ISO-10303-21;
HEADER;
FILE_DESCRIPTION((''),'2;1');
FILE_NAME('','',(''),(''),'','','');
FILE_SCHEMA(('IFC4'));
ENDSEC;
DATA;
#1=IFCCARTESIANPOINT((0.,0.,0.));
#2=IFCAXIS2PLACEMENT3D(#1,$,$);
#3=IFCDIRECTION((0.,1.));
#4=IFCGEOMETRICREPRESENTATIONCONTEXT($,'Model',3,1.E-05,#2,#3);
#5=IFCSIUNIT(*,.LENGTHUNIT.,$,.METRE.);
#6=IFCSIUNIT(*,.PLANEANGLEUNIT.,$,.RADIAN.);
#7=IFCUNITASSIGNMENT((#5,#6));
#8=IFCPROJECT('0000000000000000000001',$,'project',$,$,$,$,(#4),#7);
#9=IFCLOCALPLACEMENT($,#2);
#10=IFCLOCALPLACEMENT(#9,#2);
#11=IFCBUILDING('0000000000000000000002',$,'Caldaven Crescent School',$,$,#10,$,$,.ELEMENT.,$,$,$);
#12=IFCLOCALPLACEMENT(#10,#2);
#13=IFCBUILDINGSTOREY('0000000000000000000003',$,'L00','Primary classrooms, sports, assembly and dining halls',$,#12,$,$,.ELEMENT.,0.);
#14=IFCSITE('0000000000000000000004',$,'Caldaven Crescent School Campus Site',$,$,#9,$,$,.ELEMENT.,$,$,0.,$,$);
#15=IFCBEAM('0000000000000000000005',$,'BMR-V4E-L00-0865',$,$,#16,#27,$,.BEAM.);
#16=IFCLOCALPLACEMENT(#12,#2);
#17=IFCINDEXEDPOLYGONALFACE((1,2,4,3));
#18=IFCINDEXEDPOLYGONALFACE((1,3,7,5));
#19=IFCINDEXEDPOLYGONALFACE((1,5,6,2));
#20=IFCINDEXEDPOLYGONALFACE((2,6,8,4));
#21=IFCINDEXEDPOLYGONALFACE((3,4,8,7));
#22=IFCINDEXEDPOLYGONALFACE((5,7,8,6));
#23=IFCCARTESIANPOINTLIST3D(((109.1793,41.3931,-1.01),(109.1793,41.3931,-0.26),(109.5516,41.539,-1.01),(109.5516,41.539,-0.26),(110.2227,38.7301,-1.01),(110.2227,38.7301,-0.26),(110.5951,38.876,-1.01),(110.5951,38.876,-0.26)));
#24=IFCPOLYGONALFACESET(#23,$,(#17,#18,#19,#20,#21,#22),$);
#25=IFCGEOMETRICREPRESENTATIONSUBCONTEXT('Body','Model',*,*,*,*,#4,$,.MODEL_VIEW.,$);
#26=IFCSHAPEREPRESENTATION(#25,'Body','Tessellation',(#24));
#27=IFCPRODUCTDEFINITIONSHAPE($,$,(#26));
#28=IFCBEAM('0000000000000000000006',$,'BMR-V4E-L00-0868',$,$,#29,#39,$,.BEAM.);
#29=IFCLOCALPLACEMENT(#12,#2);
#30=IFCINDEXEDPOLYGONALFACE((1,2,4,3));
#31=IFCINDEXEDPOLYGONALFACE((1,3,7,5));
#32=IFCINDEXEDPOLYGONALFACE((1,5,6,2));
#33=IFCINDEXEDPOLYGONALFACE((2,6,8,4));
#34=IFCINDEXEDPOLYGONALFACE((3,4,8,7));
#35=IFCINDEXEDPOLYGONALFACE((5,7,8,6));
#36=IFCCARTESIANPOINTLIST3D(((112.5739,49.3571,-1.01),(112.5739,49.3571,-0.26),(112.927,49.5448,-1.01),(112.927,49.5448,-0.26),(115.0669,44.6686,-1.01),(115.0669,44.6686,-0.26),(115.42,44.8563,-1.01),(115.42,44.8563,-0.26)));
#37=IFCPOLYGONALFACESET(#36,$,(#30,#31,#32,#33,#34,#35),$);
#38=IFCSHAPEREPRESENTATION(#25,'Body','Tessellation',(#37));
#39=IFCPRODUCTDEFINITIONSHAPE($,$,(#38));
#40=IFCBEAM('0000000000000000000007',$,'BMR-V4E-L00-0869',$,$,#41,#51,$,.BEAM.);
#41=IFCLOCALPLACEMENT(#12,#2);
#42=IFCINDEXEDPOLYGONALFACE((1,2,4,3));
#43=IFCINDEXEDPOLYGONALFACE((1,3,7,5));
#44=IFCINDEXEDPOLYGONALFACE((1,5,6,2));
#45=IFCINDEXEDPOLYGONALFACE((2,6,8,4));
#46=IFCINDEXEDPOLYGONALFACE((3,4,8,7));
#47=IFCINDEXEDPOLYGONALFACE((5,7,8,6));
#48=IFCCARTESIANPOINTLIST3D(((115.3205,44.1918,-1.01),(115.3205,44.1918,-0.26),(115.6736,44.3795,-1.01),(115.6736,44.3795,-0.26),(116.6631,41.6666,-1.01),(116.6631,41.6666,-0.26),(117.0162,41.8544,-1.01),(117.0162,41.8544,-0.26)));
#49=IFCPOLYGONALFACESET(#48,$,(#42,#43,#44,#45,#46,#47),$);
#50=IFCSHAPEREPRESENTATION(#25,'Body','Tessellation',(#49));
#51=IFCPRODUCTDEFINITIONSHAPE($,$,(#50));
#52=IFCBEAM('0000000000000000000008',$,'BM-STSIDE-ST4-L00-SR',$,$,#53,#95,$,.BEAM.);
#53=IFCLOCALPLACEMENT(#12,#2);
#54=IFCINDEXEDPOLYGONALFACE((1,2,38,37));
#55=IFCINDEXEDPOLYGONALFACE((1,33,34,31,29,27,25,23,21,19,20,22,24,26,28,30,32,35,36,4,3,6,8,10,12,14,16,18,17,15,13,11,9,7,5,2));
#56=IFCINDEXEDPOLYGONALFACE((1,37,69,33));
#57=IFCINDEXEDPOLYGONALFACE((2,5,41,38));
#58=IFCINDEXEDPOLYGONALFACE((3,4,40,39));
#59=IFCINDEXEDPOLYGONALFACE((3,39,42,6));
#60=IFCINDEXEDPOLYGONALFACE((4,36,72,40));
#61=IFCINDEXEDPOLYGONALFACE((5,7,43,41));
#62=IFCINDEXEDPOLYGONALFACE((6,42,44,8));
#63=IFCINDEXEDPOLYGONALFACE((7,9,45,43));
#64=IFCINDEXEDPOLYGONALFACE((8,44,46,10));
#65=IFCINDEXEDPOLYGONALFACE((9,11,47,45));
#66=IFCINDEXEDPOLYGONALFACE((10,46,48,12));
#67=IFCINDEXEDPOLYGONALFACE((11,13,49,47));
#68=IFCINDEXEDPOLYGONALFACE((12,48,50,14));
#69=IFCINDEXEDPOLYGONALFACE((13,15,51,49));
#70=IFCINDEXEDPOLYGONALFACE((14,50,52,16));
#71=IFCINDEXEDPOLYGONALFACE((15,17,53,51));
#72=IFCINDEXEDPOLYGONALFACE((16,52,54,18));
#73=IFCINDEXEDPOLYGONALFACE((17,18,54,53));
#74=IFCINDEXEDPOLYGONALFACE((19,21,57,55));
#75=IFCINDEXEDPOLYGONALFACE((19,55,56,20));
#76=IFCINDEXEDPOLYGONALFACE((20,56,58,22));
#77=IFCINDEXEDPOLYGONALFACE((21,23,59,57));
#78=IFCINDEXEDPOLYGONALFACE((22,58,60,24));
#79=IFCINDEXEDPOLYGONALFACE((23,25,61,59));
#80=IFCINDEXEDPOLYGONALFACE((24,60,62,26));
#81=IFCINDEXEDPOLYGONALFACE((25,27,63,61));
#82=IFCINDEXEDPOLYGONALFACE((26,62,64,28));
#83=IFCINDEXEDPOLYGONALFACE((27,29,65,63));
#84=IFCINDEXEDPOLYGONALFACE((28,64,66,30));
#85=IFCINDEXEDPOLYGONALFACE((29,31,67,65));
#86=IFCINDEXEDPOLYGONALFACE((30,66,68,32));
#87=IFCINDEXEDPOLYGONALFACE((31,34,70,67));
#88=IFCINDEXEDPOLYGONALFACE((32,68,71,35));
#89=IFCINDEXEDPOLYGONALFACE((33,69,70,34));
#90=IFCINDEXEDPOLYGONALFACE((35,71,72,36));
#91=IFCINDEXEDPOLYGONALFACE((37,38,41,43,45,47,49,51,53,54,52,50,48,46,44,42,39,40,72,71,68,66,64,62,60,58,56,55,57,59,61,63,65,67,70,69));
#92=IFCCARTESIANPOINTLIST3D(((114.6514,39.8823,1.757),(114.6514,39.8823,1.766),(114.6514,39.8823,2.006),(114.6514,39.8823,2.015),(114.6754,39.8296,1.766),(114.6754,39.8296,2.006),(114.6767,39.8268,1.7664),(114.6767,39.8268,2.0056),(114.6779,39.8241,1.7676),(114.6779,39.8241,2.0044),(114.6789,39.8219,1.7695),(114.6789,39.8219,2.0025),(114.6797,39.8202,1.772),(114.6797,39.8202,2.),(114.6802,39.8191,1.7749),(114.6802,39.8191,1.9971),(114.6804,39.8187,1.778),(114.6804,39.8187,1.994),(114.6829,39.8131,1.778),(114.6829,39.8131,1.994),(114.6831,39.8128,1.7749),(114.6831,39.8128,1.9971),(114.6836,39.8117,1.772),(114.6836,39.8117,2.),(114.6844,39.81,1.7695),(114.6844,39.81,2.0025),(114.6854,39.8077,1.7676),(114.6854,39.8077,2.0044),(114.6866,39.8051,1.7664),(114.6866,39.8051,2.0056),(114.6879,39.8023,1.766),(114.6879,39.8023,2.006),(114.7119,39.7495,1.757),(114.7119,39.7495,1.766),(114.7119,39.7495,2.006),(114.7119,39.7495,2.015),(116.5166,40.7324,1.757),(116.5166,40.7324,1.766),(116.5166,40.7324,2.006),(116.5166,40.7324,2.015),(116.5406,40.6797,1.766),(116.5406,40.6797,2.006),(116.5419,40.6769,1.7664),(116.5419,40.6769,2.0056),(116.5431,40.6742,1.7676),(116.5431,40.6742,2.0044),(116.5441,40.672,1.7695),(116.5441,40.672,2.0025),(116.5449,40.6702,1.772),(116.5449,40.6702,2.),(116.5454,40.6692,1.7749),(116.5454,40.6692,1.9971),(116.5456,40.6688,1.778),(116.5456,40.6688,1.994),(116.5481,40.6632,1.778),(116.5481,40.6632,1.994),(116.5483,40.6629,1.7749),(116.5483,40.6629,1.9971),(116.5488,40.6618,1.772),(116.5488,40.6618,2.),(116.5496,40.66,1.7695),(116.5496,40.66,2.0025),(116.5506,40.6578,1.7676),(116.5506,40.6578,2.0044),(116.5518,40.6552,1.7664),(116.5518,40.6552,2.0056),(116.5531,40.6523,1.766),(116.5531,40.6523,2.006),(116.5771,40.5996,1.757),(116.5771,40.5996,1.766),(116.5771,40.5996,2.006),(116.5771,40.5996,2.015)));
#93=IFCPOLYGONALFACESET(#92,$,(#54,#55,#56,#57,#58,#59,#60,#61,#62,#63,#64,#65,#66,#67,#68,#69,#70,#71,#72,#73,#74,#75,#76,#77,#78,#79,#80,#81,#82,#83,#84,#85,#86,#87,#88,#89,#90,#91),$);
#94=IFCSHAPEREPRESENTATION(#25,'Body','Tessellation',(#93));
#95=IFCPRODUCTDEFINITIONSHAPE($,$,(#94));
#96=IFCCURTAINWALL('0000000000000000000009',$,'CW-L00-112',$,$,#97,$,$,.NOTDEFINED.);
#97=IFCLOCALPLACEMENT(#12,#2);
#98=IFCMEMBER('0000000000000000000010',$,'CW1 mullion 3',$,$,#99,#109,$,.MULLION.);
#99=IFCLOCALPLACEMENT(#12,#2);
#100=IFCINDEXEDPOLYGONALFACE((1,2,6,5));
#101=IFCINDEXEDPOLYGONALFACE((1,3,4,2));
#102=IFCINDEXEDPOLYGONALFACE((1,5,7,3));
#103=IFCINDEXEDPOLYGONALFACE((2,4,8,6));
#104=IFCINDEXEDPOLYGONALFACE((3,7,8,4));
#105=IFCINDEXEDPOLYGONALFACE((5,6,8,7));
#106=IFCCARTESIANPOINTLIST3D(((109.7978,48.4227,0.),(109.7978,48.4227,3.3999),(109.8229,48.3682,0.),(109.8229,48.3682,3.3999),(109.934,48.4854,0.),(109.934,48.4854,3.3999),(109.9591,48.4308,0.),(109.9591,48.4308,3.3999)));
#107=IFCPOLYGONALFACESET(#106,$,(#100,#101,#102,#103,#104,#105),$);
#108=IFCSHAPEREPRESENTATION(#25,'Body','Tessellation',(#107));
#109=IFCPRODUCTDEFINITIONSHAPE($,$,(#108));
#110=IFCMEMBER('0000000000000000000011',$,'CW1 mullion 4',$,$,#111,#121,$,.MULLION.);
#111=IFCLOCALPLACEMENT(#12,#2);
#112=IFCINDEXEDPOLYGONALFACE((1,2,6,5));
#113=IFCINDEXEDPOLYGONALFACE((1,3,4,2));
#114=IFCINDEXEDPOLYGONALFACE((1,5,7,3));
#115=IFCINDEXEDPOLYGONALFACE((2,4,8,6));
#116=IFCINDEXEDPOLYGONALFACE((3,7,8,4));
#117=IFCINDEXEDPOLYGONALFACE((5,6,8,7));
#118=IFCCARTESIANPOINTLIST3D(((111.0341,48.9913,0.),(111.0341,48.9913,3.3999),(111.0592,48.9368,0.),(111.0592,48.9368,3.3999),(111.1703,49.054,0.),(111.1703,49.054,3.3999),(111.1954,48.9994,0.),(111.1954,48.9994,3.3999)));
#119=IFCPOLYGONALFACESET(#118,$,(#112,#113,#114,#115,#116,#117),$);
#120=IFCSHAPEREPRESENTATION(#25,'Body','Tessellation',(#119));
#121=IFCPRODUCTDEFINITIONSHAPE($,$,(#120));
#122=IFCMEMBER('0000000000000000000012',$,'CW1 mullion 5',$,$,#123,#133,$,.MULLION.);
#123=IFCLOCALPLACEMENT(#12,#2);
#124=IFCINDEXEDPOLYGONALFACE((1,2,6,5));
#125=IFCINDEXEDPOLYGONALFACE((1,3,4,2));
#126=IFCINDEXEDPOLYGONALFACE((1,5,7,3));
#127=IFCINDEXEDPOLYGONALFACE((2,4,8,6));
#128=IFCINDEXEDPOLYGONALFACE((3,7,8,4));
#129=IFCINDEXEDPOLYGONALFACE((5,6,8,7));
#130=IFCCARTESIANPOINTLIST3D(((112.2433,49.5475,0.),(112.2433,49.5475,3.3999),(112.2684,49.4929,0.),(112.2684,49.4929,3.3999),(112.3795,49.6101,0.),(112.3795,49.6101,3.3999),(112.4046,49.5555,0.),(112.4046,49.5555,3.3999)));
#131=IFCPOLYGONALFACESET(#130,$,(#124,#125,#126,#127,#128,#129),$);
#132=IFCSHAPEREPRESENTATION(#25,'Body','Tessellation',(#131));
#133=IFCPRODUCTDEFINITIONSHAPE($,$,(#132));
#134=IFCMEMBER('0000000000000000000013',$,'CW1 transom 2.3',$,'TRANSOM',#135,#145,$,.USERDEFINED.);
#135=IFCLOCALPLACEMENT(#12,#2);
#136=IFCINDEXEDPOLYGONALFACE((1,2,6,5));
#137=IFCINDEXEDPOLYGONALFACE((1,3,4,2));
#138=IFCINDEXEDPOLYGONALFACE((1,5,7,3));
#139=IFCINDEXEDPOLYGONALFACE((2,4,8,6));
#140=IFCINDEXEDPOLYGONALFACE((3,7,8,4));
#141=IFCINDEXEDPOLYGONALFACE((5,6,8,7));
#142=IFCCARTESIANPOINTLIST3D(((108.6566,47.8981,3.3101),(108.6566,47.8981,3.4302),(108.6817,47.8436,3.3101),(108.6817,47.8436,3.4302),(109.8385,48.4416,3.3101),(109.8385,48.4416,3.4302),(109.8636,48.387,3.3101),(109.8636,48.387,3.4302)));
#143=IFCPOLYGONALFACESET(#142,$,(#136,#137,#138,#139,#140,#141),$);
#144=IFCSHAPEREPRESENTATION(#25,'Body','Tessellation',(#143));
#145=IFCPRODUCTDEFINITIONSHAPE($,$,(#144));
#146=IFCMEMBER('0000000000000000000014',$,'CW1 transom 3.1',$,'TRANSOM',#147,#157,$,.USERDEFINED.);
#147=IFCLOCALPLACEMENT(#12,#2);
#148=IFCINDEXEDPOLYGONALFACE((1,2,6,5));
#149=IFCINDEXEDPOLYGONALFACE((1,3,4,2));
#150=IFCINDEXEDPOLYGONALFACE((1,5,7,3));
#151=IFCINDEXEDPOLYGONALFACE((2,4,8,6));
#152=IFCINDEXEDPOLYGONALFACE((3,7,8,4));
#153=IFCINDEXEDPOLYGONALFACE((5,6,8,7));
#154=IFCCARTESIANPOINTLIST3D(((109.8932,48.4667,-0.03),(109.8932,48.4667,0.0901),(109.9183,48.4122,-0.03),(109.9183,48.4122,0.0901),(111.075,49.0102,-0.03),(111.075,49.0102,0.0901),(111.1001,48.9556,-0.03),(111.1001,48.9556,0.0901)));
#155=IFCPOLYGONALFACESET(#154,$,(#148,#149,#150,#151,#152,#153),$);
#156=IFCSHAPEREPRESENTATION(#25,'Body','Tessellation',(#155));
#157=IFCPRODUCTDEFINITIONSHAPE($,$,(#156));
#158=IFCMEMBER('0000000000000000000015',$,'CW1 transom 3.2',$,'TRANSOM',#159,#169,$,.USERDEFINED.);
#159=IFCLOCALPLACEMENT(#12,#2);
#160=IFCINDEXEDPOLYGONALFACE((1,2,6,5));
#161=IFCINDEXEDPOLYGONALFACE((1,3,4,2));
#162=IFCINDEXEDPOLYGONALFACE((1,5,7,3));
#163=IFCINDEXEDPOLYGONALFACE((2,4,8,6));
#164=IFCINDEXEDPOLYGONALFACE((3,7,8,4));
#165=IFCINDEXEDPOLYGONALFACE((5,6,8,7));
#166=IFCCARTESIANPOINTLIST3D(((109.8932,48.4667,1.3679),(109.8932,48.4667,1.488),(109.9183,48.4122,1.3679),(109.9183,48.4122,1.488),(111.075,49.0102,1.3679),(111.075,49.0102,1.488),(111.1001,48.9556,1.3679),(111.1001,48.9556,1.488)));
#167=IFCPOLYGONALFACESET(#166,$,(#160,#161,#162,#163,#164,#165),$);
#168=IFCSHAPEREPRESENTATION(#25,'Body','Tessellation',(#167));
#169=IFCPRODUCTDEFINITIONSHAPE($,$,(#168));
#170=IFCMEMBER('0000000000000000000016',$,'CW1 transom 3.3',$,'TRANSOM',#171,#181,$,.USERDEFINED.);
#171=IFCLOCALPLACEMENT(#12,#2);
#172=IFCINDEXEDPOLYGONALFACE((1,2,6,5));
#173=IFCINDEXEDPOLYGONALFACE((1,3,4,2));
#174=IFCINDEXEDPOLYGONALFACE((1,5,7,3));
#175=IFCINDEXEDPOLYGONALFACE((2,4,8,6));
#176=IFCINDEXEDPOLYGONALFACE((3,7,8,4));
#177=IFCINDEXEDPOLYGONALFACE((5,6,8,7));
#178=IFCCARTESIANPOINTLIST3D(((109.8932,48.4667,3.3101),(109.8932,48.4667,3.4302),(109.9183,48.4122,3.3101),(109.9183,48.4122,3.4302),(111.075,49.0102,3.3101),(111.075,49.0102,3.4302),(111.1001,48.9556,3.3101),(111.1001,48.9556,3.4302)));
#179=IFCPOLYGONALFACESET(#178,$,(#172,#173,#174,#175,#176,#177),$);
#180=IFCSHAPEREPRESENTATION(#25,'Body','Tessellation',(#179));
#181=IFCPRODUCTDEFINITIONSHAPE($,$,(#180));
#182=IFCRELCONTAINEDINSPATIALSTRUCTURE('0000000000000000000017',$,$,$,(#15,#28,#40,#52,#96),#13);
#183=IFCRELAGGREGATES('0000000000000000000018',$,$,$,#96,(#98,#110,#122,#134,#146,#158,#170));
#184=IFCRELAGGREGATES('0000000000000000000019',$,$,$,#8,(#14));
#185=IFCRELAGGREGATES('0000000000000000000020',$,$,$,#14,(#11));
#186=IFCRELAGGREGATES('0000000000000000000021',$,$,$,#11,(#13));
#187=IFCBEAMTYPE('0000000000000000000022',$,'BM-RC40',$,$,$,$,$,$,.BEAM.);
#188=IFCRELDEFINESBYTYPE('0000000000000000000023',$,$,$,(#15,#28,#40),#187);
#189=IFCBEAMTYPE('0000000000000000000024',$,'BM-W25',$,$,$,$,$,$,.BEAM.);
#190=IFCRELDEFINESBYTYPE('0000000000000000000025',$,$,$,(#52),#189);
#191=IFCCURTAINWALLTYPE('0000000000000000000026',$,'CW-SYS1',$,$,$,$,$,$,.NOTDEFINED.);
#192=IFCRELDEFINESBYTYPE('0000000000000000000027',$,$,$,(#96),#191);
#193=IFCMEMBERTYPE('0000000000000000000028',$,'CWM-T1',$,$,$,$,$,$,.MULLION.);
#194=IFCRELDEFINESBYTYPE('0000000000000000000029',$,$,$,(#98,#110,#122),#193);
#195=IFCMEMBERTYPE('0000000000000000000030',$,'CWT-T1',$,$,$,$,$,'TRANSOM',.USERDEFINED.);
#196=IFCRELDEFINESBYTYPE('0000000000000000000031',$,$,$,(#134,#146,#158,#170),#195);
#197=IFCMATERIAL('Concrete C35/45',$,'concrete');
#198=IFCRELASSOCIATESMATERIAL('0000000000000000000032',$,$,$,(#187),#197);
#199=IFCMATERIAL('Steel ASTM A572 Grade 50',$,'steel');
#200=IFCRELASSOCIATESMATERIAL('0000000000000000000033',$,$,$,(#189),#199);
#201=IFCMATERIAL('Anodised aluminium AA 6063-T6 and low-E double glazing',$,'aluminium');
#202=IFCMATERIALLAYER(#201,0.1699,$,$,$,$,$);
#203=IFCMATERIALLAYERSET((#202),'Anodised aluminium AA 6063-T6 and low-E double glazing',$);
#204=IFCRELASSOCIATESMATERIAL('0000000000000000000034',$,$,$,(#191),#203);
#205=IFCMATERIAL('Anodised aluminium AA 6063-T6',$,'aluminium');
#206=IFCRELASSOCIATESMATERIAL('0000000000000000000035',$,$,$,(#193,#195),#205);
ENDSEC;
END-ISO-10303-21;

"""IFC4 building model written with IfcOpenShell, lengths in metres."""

from ifc_helpers import new_model, si_unit, direction, frame, origin, origin_2d, place, context, subcontext, project, spatial, rectangle, i_section, extrude, material, layer, layer_set, material_profile, profile_set, type_object, element, aggregate, save


model = new_model("IFC4")

# Units and contexts
model_context = context("Model", 3, precision=1e-05, world=origin(), true_north=direction((0.0, 1.0)))
body_context = subcontext(model_context, "Body", "Model", "MODEL_VIEW")
ifc_project = project(units=[si_unit("LENGTHUNIT", "METRE"), si_unit("PLANEANGLEUNIT", "RADIAN")], contexts=[model_context])

# Site, building, storey
site_placement = place(None, origin())
site = spatial("IfcSite", under=ifc_project, at=site_placement, Name="Caldaven Crescent School Campus Site", CompositionType="ELEMENT", RefElevation=0.0)
building_placement = place(site_placement, origin())
building = spatial("IfcBuilding", under=site, at=building_placement, Name="Caldaven Crescent School", CompositionType="ELEMENT")
storey_placement = place(building_placement, origin())
storey = spatial("IfcBuildingStorey", under=building, at=storey_placement, Name="L00", Description="Primary classrooms, sports, assembly and dining halls", CompositionType="ELEMENT", Elevation=0.0)

# Shared definitions
ifc_material_1 = material(Name="Steel ASTM A572 Grade 50", Category="steel")

# Beams
ifc_material_2 = material(Name="Concrete C35/45", Category="concrete")
ifc_material_profile_1 = material_profile(ifc_material_2, rectangle(XDim=0.3999, YDim=0.75, at=origin_2d()), Name="RC 400x750")
ifc_profile_set_1 = profile_set([ifc_material_profile_1], Name="Concrete C35/45")
beam_type_1 = type_object("IfcBeamType", Name="BM-RC40", PredefinedType="BEAM", material=ifc_profile_set_1)
beam_1_placement = place(storey_placement, frame((109.3655, 41.4661, -0.635), z_axis=(0.364818, -0.931079, 0.0), x_axis=(0.931079, 0.364818, 0.0)))
element("IfcBeam", 1, at=beam_1_placement, inside=storey, type_object=beam_type_1, Name="BMR-V4E-L00-0865", PredefinedType="BEAM", context=body_context, shape_type="SweptSolid", body=[
    extrude(rectangle(XDim=0.3999, YDim=0.75, at=origin_2d()), origin(), (0.0, 0.0, 1.0), 2.8601),
])
beam_2_placement = place(storey_placement, frame((112.7505, 49.4509, -0.635), z_axis=(0.469473, -0.882947, 0.0), x_axis=(0.882947, 0.469473, 0.0)))
element("IfcBeam", 2, at=beam_2_placement, inside=storey, type_object=beam_type_1, Name="BMR-V4E-L00-0868", PredefinedType="BEAM", context=body_context, shape_type="SweptSolid", body=[
    extrude(rectangle(XDim=0.3999, YDim=0.75, at=origin_2d()), origin(), (0.0, 0.0, 1.0), 5.3101),
])
beam_3_placement = place(storey_placement, frame((115.4971, 44.2856, -0.635), z_axis=(0.46944, -0.882964, 0.0), x_axis=(0.882964, 0.46944, 0.0)))
element("IfcBeam", 3, at=beam_3_placement, inside=storey, type_object=beam_type_1, Name="BMR-V4E-L00-0869", PredefinedType="BEAM", context=body_context, shape_type="SweptSolid", body=[
    extrude(rectangle(XDim=0.3999, YDim=0.75, at=origin_2d()), origin(), (0.0, 0.0, 1.0), 2.8599),
])
ifc_material_profile_2 = material_profile(ifc_material_1, i_section(OverallWidth=0.146, OverallDepth=0.2581, WebThickness=0.0061, FlangeThickness=0.009, FilletRadius=0.012, at=origin_2d()), Name="W250x33")
ifc_profile_set_2 = profile_set([ifc_material_profile_2], Name="Steel ASTM A572 Grade 50")
beam_type_2 = type_object("IfcBeamType", Name="BM-W25", PredefinedType="BEAM", material=ifc_profile_set_2)
beam_4_placement = place(storey_placement, frame((114.6816, 39.8159, 1.886), z_axis=(0.90995, 0.414718, 0.0), x_axis=(-0.414718, 0.90995, 0.0)))
element("IfcBeam", 4, at=beam_4_placement, inside=storey, type_object=beam_type_2, Name="BM-STSIDE-ST4-L00-SR", PredefinedType="BEAM", context=body_context, shape_type="SweptSolid", body=[
    extrude(i_section(OverallWidth=0.146, OverallDepth=0.2581, WebThickness=0.0061, FlangeThickness=0.009, FilletRadius=0.012, at=origin_2d()), origin(), (0.0, 0.0, 1.0), 2.0498),
])

# Curtain wall, members
ifc_material_3 = material(Name="Anodised aluminium AA 6063-T6 and low-E double glazing", Category="aluminium")
ifc_layer_1 = layer(ifc_material_3, 0.1699)
ifc_layer_set_1 = layer_set([ifc_layer_1], Name="Anodised aluminium AA 6063-T6 and low-E double glazing")
curtain_wall_type = type_object("IfcCurtainWallType", Name="CW-SYS1", PredefinedType="NOTDEFINED", material=ifc_layer_set_1)
curtain_wall_placement = place(storey_placement, origin())
curtain_wall = element("IfcCurtainWall", 5, at=curtain_wall_placement, inside=storey, type_object=curtain_wall_type, Name="CW-L00-112", PredefinedType="NOTDEFINED")
ifc_material_4 = material(Name="Anodised aluminium AA 6063-T6", Category="aluminium")
ifc_material_profile_3 = material_profile(ifc_material_4, rectangle(XDim=0.0601, YDim=0.1499, at=origin_2d()), Name="CWM 60x150")
ifc_profile_set_3 = profile_set([ifc_material_profile_3], Name="Anodised aluminium AA 6063-T6")
member_type_1 = type_object("IfcMemberType", Name="CWM-T1", PredefinedType="MULLION", material=ifc_profile_set_3)
member_1_placement = place(storey_placement, frame((109.8784, 48.4268, 0.0), z_axis=(0.0, 0.0, 1.0), x_axis=(-0.417824, 0.908528, 0.0)))
member_1 = element("IfcMember", 6, at=member_1_placement, type_object=member_type_1, Name="CW1 mullion 3", PredefinedType="MULLION", context=body_context, shape_type="SweptSolid", body=[
    extrude(rectangle(XDim=0.0601, YDim=0.1499, at=origin_2d()), origin(), (0.0, 0.0, 1.0), 3.3999),
])
member_2_placement = place(storey_placement, frame((111.1147, 48.9954, 0.0), z_axis=(0.0, 0.0, 1.0), x_axis=(-0.417824, 0.908528, 0.0)))
member_2 = element("IfcMember", 7, at=member_2_placement, type_object=member_type_1, Name="CW1 mullion 4", PredefinedType="MULLION", context=body_context, shape_type="SweptSolid", body=[
    extrude(rectangle(XDim=0.0601, YDim=0.1499, at=origin_2d()), origin(), (0.0, 0.0, 1.0), 3.3999),
])
member_3_placement = place(storey_placement, frame((112.324, 49.5515, 0.0), z_axis=(0.0, 0.0, 1.0), x_axis=(-0.417824, 0.908528, 0.0)))
member_3 = element("IfcMember", 8, at=member_3_placement, type_object=member_type_1, Name="CW1 mullion 5", PredefinedType="MULLION", context=body_context, shape_type="SweptSolid", body=[
    extrude(rectangle(XDim=0.0601, YDim=0.1499, at=origin_2d()), origin(), (0.0, 0.0, 1.0), 3.3999),
])
ifc_material_profile_4 = material_profile(ifc_material_4, rectangle(XDim=0.0601, YDim=0.1201, at=origin_2d()), Name="CWT 60x120")
ifc_profile_set_4 = profile_set([ifc_material_profile_4], Name="Anodised aluminium AA 6063-T6")
member_type_2 = type_object("IfcMemberType", Name="CWT-T1", ElementType="TRANSOM", PredefinedType="USERDEFINED", material=ifc_profile_set_4)
member_4_placement = place(storey_placement, frame((108.6692, 47.8708, 3.3701), z_axis=(0.908552, 0.417772, 0.0), x_axis=(-0.417772, 0.908552, 0.0)))
member_4 = element("IfcMember", 9, at=member_4_placement, type_object=member_type_2, Name="CW1 transom 2.3", ObjectType="TRANSOM", PredefinedType="USERDEFINED", context=body_context, shape_type="SweptSolid", body=[
    extrude(rectangle(XDim=0.0601, YDim=0.1201, at=origin_2d()), origin(), (0.0, 0.0, 1.0), 1.3008),
])
member_5_placement = place(storey_placement, frame((109.9058, 48.4395, 0.03), z_axis=(0.908552, 0.417772, 0.0), x_axis=(-0.417772, 0.908552, 0.0)))
member_5 = element("IfcMember", 10, at=member_5_placement, type_object=member_type_2, Name="CW1 transom 3.1", ObjectType="TRANSOM", PredefinedType="USERDEFINED", context=body_context, shape_type="SweptSolid", body=[
    extrude(rectangle(XDim=0.0601, YDim=0.1201, at=origin_2d()), origin(), (0.0, 0.0, 1.0), 1.3008),
])
member_6_placement = place(storey_placement, frame((109.9058, 48.4395, 1.428), z_axis=(0.908552, 0.417772, 0.0), x_axis=(-0.417772, 0.908552, 0.0)))
member_6 = element("IfcMember", 11, at=member_6_placement, type_object=member_type_2, Name="CW1 transom 3.2", ObjectType="TRANSOM", PredefinedType="USERDEFINED", context=body_context, shape_type="SweptSolid", body=[
    extrude(rectangle(XDim=0.0601, YDim=0.1201, at=origin_2d()), origin(), (0.0, 0.0, 1.0), 1.3008),
])
member_7_placement = place(storey_placement, frame((109.9058, 48.4395, 3.3701), z_axis=(0.908552, 0.417772, 0.0), x_axis=(-0.417772, 0.908552, 0.0)))
member_7 = element("IfcMember", 12, at=member_7_placement, type_object=member_type_2, Name="CW1 transom 3.3", ObjectType="TRANSOM", PredefinedType="USERDEFINED", context=body_context, shape_type="SweptSolid", body=[
    extrude(rectangle(XDim=0.0601, YDim=0.1201, at=origin_2d()), origin(), (0.0, 0.0, 1.0), 1.3008),
])
aggregate(curtain_wall, [member_1, member_2, member_3, member_4, member_5, member_6, member_7])

save(model, "model.ifc")
